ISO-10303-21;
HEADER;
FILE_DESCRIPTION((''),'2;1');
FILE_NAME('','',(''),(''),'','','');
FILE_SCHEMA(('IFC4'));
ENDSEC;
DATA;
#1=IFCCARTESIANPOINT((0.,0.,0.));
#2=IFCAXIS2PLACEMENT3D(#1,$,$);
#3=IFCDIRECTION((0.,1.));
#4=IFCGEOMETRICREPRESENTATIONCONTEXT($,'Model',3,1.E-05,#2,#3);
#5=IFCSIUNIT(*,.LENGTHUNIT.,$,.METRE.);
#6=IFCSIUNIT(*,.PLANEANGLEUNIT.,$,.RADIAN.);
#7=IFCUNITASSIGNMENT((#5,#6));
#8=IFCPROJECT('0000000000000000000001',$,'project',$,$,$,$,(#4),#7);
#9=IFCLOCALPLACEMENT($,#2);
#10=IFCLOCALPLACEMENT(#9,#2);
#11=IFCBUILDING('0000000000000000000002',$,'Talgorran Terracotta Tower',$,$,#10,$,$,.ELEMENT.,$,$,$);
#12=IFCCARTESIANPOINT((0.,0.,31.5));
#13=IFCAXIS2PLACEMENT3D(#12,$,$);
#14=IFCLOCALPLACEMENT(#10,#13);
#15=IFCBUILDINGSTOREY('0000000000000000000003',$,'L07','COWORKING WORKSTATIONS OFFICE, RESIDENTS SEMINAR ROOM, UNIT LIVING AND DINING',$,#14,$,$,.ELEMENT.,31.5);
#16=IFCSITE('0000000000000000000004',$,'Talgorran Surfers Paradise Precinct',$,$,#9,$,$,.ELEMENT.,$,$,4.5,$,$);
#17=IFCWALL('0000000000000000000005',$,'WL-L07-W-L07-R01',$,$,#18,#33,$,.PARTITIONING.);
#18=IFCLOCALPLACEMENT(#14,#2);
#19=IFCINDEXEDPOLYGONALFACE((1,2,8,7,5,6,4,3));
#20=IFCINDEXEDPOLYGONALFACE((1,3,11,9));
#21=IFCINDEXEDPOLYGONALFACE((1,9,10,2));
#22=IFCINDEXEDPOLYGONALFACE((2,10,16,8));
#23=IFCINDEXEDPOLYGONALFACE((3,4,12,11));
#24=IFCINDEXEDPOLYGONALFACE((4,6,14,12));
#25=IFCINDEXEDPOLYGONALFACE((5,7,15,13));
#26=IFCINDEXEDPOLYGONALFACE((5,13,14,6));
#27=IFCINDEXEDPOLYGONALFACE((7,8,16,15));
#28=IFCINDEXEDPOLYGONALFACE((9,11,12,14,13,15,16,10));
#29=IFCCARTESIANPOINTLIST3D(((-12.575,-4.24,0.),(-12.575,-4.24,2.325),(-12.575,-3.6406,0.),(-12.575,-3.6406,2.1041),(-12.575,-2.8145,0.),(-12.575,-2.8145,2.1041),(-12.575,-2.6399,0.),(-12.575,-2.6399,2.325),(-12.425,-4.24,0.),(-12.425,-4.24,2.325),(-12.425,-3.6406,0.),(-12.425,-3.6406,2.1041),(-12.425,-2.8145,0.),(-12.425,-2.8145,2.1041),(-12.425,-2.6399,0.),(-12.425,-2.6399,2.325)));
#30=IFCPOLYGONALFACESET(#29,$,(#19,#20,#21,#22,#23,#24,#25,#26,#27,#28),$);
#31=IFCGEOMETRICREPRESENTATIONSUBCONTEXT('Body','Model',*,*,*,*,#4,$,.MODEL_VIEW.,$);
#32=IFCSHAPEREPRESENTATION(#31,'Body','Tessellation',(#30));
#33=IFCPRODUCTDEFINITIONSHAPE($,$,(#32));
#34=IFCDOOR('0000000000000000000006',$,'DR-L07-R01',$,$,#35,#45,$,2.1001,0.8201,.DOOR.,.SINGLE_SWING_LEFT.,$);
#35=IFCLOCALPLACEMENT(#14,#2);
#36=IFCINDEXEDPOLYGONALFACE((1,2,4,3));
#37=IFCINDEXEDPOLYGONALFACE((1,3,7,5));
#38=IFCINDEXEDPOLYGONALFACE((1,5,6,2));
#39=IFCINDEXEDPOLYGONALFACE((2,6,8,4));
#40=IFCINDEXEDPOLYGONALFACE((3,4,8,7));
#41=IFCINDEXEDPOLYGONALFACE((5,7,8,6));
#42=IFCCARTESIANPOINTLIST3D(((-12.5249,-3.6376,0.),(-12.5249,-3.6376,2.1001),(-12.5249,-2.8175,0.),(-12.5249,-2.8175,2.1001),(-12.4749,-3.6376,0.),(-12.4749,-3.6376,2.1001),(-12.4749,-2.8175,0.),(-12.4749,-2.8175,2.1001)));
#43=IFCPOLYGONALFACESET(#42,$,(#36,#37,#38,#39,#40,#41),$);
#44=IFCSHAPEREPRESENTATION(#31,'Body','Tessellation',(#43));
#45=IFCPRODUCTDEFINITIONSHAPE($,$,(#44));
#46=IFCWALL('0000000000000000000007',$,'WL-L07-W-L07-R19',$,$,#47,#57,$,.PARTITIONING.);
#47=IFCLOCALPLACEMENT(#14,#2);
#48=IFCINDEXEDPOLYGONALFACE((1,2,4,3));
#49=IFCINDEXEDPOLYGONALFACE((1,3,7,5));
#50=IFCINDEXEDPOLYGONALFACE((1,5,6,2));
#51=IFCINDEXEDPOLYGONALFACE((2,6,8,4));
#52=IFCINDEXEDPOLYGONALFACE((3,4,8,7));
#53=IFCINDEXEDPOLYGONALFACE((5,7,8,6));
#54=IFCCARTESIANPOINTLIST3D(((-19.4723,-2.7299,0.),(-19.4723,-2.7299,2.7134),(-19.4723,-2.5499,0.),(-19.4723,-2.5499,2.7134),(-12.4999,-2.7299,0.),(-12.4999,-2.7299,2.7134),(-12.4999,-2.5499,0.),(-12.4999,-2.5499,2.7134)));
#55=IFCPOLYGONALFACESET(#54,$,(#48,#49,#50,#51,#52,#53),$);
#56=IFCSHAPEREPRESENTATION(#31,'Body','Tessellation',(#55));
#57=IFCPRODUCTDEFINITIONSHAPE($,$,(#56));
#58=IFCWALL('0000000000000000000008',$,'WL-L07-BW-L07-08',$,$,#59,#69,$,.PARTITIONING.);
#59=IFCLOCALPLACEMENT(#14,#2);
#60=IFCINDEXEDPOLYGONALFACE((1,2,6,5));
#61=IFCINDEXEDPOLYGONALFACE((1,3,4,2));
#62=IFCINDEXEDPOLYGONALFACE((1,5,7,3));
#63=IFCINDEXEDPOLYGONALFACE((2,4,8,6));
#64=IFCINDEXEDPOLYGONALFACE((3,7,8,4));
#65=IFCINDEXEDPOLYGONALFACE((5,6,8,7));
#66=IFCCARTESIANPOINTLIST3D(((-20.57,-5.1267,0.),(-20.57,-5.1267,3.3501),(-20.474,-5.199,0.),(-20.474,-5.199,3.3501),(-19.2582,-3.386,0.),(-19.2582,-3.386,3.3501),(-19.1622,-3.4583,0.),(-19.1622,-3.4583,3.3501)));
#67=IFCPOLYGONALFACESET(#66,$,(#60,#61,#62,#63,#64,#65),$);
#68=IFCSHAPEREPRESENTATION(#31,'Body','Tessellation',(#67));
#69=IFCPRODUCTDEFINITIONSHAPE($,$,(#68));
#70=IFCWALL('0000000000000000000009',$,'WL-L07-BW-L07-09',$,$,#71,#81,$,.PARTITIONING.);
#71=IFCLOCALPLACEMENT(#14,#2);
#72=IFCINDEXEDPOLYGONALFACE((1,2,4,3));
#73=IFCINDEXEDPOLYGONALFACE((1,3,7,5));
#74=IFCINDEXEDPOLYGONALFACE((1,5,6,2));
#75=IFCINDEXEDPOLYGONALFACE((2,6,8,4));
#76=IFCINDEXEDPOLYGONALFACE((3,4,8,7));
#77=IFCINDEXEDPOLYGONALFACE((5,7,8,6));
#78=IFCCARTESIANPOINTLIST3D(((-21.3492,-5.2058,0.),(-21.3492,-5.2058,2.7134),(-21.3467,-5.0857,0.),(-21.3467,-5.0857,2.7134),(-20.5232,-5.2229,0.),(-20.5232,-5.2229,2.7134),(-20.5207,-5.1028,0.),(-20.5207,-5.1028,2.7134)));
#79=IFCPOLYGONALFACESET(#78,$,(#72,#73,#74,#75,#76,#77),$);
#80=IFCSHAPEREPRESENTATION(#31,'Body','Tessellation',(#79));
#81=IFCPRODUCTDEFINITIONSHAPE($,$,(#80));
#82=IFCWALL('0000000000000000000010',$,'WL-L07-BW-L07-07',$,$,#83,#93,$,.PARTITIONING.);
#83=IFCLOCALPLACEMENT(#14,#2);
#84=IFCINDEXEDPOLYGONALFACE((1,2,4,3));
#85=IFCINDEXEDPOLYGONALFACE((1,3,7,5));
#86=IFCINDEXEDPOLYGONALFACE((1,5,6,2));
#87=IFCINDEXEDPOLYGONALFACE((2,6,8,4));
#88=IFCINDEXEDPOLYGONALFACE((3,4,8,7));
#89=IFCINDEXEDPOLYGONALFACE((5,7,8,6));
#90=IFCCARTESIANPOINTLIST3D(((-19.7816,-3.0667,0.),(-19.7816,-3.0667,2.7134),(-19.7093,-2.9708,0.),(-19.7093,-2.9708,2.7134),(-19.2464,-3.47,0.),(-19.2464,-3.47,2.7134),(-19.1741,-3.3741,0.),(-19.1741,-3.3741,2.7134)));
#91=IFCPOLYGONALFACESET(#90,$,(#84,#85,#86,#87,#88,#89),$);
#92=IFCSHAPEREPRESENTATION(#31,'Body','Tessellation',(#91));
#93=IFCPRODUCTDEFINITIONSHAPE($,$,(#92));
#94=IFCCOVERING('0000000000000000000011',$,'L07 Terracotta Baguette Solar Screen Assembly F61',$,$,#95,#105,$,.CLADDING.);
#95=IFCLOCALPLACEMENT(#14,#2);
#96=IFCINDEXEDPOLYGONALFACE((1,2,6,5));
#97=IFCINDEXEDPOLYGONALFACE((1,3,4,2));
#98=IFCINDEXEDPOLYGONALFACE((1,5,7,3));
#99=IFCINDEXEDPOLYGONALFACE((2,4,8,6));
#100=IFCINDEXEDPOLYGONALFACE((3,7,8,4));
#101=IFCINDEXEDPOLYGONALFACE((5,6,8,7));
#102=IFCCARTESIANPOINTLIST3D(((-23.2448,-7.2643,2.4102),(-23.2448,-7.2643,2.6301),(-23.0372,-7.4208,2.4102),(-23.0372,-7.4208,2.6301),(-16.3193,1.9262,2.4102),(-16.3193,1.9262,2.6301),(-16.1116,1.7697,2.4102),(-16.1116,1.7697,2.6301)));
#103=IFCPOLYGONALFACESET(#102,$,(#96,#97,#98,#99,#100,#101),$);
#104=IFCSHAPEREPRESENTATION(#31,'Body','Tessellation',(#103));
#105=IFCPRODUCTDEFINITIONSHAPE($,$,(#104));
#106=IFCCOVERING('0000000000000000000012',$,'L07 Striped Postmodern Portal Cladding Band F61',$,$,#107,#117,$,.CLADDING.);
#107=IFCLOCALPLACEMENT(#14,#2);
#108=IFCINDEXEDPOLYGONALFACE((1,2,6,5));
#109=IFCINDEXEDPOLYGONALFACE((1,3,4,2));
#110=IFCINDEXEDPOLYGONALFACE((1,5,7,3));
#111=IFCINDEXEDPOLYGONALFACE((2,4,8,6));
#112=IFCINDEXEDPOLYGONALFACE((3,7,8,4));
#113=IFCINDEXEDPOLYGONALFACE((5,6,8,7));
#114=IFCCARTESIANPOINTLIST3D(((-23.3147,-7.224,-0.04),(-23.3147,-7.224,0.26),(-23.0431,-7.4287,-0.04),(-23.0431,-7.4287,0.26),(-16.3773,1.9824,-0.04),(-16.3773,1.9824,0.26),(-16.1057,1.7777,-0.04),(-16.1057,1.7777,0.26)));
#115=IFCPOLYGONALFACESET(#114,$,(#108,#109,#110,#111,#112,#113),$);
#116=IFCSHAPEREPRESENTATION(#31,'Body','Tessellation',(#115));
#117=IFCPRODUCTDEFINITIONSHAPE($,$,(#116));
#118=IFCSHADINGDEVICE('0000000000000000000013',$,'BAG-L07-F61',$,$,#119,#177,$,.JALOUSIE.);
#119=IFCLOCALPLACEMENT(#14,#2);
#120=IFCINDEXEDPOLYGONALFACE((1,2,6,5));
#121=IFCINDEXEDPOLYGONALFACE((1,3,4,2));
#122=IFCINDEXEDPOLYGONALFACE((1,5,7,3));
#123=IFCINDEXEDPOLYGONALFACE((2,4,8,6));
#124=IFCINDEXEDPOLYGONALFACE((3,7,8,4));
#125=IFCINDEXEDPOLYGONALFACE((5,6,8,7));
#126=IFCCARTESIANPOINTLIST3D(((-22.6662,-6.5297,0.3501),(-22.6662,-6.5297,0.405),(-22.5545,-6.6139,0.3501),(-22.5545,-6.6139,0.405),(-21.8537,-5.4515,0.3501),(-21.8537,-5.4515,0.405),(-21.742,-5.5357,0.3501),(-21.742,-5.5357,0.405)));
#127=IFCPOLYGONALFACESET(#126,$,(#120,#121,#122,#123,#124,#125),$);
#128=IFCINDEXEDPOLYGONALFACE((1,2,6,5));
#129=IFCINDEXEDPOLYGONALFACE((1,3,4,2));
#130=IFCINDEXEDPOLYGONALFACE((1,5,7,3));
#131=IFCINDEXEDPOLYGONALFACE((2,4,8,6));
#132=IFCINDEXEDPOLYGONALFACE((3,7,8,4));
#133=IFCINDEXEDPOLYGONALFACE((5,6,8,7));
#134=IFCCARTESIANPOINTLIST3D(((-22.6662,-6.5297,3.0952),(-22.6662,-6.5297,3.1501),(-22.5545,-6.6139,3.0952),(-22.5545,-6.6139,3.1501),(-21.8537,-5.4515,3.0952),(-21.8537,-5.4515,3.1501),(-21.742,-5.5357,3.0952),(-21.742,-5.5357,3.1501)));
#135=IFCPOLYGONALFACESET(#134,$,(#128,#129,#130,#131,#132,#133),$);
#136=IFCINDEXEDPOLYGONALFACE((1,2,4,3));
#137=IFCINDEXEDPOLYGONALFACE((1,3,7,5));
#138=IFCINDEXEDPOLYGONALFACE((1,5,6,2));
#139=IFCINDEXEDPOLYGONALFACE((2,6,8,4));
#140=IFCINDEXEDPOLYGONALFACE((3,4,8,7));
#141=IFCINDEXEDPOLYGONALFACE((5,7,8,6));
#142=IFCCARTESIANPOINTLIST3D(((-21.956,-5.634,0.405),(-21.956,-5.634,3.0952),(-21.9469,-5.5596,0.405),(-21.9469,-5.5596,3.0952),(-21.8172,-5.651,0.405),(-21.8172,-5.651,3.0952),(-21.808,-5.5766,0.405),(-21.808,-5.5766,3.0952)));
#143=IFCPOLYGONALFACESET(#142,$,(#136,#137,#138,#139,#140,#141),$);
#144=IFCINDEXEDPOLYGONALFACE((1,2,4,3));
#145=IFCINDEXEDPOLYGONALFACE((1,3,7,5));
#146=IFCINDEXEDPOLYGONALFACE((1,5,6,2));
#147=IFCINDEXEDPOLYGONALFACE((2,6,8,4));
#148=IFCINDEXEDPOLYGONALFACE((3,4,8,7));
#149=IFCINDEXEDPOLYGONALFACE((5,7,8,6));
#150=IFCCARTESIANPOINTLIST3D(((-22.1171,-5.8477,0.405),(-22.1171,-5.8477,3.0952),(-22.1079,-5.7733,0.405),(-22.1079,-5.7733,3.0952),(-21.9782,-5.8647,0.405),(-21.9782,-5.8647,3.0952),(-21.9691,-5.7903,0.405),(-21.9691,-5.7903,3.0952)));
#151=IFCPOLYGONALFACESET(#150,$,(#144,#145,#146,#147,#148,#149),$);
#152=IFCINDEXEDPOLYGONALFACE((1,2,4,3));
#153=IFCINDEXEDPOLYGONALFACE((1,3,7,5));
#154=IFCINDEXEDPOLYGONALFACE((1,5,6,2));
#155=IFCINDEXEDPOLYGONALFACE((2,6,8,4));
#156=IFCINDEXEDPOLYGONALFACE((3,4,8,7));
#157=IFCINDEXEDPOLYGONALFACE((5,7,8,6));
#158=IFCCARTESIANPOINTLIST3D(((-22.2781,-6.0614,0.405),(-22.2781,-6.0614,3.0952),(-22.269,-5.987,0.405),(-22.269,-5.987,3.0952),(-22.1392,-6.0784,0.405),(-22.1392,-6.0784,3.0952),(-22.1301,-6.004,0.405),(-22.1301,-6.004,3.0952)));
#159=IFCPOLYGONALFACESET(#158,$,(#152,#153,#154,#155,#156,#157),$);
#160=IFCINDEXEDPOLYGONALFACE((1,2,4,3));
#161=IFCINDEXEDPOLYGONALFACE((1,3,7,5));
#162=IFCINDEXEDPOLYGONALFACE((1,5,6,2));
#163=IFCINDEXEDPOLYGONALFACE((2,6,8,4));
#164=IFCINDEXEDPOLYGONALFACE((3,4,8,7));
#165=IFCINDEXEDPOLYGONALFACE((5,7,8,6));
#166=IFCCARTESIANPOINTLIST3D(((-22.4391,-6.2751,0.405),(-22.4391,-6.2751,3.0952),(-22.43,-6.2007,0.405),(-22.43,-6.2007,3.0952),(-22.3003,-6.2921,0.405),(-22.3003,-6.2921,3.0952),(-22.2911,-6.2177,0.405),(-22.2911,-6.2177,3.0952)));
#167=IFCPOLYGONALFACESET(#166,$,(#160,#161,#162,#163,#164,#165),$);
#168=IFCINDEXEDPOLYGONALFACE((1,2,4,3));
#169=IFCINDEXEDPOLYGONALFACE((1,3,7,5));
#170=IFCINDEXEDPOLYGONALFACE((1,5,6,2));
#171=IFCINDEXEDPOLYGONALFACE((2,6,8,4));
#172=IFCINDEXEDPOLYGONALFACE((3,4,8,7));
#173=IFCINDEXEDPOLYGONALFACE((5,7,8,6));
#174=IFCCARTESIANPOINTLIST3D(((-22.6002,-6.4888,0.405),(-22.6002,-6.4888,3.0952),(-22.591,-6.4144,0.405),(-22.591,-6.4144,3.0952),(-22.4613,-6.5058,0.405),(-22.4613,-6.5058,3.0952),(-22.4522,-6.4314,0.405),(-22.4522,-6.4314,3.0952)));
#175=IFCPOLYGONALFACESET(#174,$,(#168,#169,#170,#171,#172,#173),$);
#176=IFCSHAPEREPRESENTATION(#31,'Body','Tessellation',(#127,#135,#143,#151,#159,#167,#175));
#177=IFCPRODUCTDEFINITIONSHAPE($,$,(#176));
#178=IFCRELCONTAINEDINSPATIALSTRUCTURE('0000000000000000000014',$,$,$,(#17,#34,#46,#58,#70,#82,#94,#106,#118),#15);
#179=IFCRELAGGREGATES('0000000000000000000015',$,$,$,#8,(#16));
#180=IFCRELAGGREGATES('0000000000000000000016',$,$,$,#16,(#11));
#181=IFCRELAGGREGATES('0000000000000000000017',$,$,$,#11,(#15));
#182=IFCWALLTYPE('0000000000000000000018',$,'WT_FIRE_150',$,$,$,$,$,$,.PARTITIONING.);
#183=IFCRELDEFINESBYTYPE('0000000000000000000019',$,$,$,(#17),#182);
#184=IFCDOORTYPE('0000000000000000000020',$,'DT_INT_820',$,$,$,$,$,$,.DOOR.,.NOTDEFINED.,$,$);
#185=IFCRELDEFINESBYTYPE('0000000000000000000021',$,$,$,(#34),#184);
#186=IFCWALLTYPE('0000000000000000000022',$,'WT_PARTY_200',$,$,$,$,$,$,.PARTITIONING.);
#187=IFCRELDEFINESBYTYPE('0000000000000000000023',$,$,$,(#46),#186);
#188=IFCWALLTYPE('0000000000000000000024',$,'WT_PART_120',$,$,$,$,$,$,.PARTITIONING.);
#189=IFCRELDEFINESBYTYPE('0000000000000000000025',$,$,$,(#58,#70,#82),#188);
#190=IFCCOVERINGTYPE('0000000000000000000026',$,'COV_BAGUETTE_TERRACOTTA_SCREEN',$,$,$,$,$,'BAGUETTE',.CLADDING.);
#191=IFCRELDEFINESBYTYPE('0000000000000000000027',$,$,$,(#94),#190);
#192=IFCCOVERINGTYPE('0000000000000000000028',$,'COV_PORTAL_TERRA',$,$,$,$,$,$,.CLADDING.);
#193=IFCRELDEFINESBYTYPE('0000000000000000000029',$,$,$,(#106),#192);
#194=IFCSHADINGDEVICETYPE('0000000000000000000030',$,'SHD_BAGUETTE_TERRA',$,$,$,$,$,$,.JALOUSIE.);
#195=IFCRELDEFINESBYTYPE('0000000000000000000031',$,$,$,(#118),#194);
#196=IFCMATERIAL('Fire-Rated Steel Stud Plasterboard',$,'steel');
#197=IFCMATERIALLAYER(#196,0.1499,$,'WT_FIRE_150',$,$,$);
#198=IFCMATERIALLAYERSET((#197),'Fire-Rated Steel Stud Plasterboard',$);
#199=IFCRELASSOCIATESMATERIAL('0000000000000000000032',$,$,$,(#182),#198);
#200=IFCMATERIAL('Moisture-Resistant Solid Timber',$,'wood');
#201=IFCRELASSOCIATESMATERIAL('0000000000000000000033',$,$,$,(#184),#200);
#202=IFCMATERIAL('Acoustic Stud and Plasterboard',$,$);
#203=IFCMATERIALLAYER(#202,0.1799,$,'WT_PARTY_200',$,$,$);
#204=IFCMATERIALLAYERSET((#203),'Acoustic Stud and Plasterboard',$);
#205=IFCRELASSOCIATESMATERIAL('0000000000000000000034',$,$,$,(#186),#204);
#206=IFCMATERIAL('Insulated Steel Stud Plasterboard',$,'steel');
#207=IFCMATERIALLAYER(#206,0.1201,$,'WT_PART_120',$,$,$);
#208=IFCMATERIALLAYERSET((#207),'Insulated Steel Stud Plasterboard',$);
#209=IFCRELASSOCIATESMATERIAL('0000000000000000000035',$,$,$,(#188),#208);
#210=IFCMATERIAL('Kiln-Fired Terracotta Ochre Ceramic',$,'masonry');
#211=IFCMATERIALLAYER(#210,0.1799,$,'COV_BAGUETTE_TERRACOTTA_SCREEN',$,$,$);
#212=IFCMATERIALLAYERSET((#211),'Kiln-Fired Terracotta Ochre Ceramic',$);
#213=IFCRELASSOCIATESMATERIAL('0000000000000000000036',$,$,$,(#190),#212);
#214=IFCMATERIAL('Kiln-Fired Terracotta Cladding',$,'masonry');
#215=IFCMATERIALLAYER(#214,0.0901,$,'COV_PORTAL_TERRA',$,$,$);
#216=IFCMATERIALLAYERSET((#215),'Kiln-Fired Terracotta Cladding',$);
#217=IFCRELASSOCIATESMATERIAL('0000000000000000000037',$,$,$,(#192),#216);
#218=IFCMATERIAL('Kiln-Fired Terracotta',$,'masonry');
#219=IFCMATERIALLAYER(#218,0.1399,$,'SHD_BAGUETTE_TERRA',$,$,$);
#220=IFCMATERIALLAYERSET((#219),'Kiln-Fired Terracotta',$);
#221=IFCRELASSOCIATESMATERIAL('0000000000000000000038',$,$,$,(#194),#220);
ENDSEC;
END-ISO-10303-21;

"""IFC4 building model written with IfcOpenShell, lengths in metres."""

from ifc_helpers import new_model, si_unit, direction, frame, frame_2d, origin, origin_2d, place, context, subcontext, project, spatial, rectangle, extrude, source, transform, mapped, material, layer, layer_set, type_object, type_shapes, element, fill, save


model = new_model("IFC4")

# Units and contexts
model_context = context("Model", 3, precision=1e-05, world=origin(), true_north=direction((0.0, 1.0)))
body_context = subcontext(model_context, "Body", "Model", "MODEL_VIEW")
ifc_project = project(units=[si_unit("LENGTHUNIT", "METRE"), si_unit("PLANEANGLEUNIT", "RADIAN")], contexts=[model_context])

# Site, building, storey
site_placement = place(None, origin())
site = spatial("IfcSite", under=ifc_project, at=site_placement, Name="Talgorran Surfers Paradise Precinct", CompositionType="ELEMENT", RefElevation=4.5)
building_placement = place(site_placement, origin())
building = spatial("IfcBuilding", under=site, at=building_placement, Name="Talgorran Terracotta Tower", CompositionType="ELEMENT")
storey_placement = place(building_placement, frame((0.0, 0.0, 31.5)))
storey = spatial("IfcBuildingStorey", under=building, at=storey_placement, Name="L07", Description="COWORKING WORKSTATIONS OFFICE, RESIDENTS SEMINAR ROOM, UNIT LIVING AND DINING", CompositionType="ELEMENT", Elevation=31.5)

# Shared definitions
ifc_material_1 = material(Name="Fire-Rated Steel Stud Plasterboard", Category="steel")
ifc_layer_1 = layer(ifc_material_1, 0.1499, Name="WT_FIRE_150")
ifc_layer_set_1 = layer_set([ifc_layer_1], Name="Fire-Rated Steel Stud Plasterboard")
wall_type_1 = type_object("IfcWallType", Name="WT_FIRE_150", PredefinedType="PARTITIONING", material=ifc_layer_set_1)

# Wall, opening, door
wall_1_placement = place(storey_placement, frame((-12.5, -4.24, 0.0), z_axis=(0.0, 0.0, 1.0), x_axis=(0.0, 1.0, 0.0)))
wall_1 = element("IfcWall", 1, at=wall_1_placement, inside=storey, type_object=wall_type_1, Name="WL-L07-W-L07-R01", PredefinedType="PARTITIONING", context=body_context, shape_type="SweptSolid", body=[
    extrude(rectangle(XDim=1.6001, YDim=0.1499, at=frame_2d((0.8, 0.0))), origin(), (0.0, 0.0, 1.0), 2.325),
])
opening_1_placement = place(wall_1_placement, frame((0.6023, 0.0, 0.0)))
opening_1 = element("IfcOpeningElement", 2, at=opening_1_placement, cuts=wall_1, PredefinedType="OPENING", context=body_context, shape_type="SweptSolid", body=[
    extrude(rectangle(XDim=0.8261, YDim=2.1041, at=frame_2d((0.4102, 1.052))), frame((0.0, 0.085, 0.0), z_axis=(0.0, -1.0, 0.0), x_axis=(1.0, 0.0, 0.0)), (0.0, 0.0, 1.0), 0.1699),
])
ifc_material_2 = material(Name="Moisture-Resistant Solid Timber", Category="wood")
door_type_1 = type_object("IfcDoorType", Name="DT_INT_820", OperationType="NOTDEFINED", PredefinedType="DOOR", material=ifc_material_2)
door_1_placement = place(opening_1_placement, origin())
door_1 = element("IfcDoor", 3, at=door_1_placement, inside=storey, type_object=door_type_1, Name="DR-L07-R01", OperationType="SINGLE_SWING_LEFT", OverallHeight=2.1001, OverallWidth=0.8201, PredefinedType="DOOR", context=body_context, shape_type="SweptSolid", body=[
    extrude(rectangle(XDim=0.8201, YDim=2.1001, at=frame_2d((0.4102, 1.05))), frame((0.0, 0.0249, 0.0), z_axis=(0.0, -1.0, 0.0), x_axis=(1.0, 0.0, 0.0)), (0.0, 0.0, 1.0), 0.05),
])
fill(opening_1, door_1)

# Walls
ifc_material_3 = material(Name="Acoustic Stud and Plasterboard")
ifc_layer_2 = layer(ifc_material_3, 0.1799, Name="WT_PARTY_200")
ifc_layer_set_2 = layer_set([ifc_layer_2], Name="Acoustic Stud and Plasterboard")
wall_type_2 = type_object("IfcWallType", Name="WT_PARTY_200", PredefinedType="PARTITIONING", material=ifc_layer_set_2)
wall_2_placement = place(storey_placement, frame((-19.4724, -2.6399, 0.0), z_axis=(0.0, 0.0, 1.0), x_axis=(1.0, 0.0, 0.0)))
element("IfcWall", 4, at=wall_2_placement, inside=storey, type_object=wall_type_2, Name="WL-L07-W-L07-R19", PredefinedType="PARTITIONING", context=body_context, shape_type="SweptSolid", body=[
    extrude(rectangle(XDim=6.9724, YDim=0.1799, at=frame_2d((3.4863, 0.0))), origin(), (0.0, 0.0, 1.0), 2.7134),
])
ifc_material_4 = material(Name="Insulated Steel Stud Plasterboard", Category="steel")
ifc_layer_3 = layer(ifc_material_4, 0.1201, Name="WT_PART_120")
ifc_layer_set_3 = layer_set([ifc_layer_3], Name="Insulated Steel Stud Plasterboard")
wall_type_3 = type_object("IfcWallType", Name="WT_PART_120", PredefinedType="PARTITIONING", material=ifc_layer_set_3)
wall_3_placement = place(storey_placement, frame((-19.2102, -3.4221, 0.0), z_axis=(0.0, 0.0, 1.0), x_axis=(-0.601826, -0.798627, 0.0)))
element("IfcWall", 5, at=wall_3_placement, inside=storey, type_object=wall_type_3, Name="WL-L07-BW-L07-08", PredefinedType="PARTITIONING", context=body_context, shape_type="SweptSolid", body=[
    extrude(rectangle(XDim=2.1797, YDim=0.1201, at=frame_2d((1.0898, 0.0))), origin(), (0.0, 0.0, 1.0), 3.3501),
])
wall_4_placement = place(storey_placement, frame((-20.522, -5.1628, 0.0), z_axis=(0.0, 0.0, 1.0), x_axis=(-0.999786, 0.020687, 0.0)))
element("IfcWall", 6, at=wall_4_placement, inside=storey, type_object=wall_type_3, Name="WL-L07-BW-L07-09", PredefinedType="PARTITIONING", context=body_context, shape_type="SweptSolid", body=[
    extrude(rectangle(XDim=0.8262, YDim=0.1201, at=frame_2d((0.4131, 0.0))), origin(), (0.0, 0.0, 1.0), 2.7134),
])
wall_5_placement = place(storey_placement, frame((-19.7454, -3.0188, 0.0), z_axis=(0.0, 0.0, 1.0), x_axis=(0.798599, -0.601864, 0.0)))
element("IfcWall", 7, at=wall_5_placement, inside=storey, type_object=wall_type_3, Name="WL-L07-BW-L07-07", PredefinedType="PARTITIONING", context=body_context, shape_type="SweptSolid", body=[
    extrude(rectangle(XDim=0.6702, YDim=0.1201, at=frame_2d((0.335, 0.0))), origin(), (0.0, 0.0, 1.0), 2.7134),
])

# Coverings
ifc_material_5 = material(Name="Kiln-Fired Terracotta Ochre Ceramic", Category="masonry")
ifc_layer_4 = layer(ifc_material_5, 0.1799, Name="COV_BAGUETTE_TERRACOTTA_SCREEN")
ifc_layer_set_4 = layer_set([ifc_layer_4], Name="Kiln-Fired Terracotta Ochre Ceramic")
covering_type_1 = type_object("IfcCoveringType", Name="COV_BAGUETTE_TERRACOTTA_SCREEN", ElementType="BAGUETTE", PredefinedType="CLADDING", material=ifc_layer_set_4)
covering_1_placement = place(storey_placement, frame((-19.6782, -2.7473, 2.4102), z_axis=(0.0, 0.0, 1.0), x_axis=(-0.601815, -0.798636, 0.0)))
element("IfcCovering", 8, at=covering_1_placement, inside=storey, type_object=covering_type_1, Name="L07 Terracotta Baguette Solar Screen Assembly F61", PredefinedType="CLADDING", context=body_context, shape_type="SweptSolid", body=[
    extrude(rectangle(XDim=11.5078, YDim=0.26, at=origin_2d()), origin(), (0.0, 0.0, 1.0), 0.22),
])
ifc_material_6 = material(Name="Kiln-Fired Terracotta Cladding", Category="masonry")
ifc_layer_5 = layer(ifc_material_6, 0.0901, Name="COV_PORTAL_TERRA")
ifc_layer_set_5 = layer_set([ifc_layer_5], Name="Kiln-Fired Terracotta Cladding")
covering_type_2 = type_object("IfcCoveringType", Name="COV_PORTAL_TERRA", PredefinedType="CLADDING", material=ifc_layer_set_5)
covering_2_placement = place(storey_placement, frame((-19.7102, -2.7231, -0.04), z_axis=(0.0, 0.0, 1.0), x_axis=(-0.601815, -0.798636, 0.0)))
element("IfcCovering", 9, at=covering_2_placement, inside=storey, type_object=covering_type_2, Name="L07 Striped Postmodern Portal Cladding Band F61", PredefinedType="CLADDING", context=body_context, shape_type="SweptSolid", body=[
    extrude(rectangle(XDim=11.5276, YDim=0.3401, at=origin_2d()), origin(), (0.0, 0.0, 1.0), 0.3),
])

# Shading device
ifc_material_7 = material(Name="Kiln-Fired Terracotta", Category="masonry")
ifc_layer_6 = layer(ifc_material_7, 0.1399, Name="SHD_BAGUETTE_TERRA")
ifc_layer_set_6 = layer_set([ifc_layer_6], Name="Kiln-Fired Terracotta")
shading_device_type = type_object("IfcShadingDeviceType", Name="SHD_BAGUETTE_TERRA", PredefinedType="JALOUSIE", material=ifc_layer_set_6)
shared_shape_1 = source(origin(), body_context, "Body", "SweptSolid", [
    extrude(rectangle(XDim=1.3501, YDim=0.1399, at=origin_2d()), origin(), (0.0, 0.0, 1.0), 0.0549),
    extrude(rectangle(XDim=1.3501, YDim=0.1399, at=origin_2d()), frame((0.0, 0.0, 2.7451)), (0.0, 0.0, 1.0), 0.0549),
    extrude(rectangle(XDim=0.075, YDim=0.1399, at=origin_2d()), frame((-0.5352, 0.0, 0.0549), z_axis=(0.0, 0.0, 1.0), x_axis=(0.866025, 0.5, 0.0)), (0.0, 0.0, 1.0), 2.6902),
    extrude(rectangle(XDim=0.075, YDim=0.1399, at=origin_2d()), frame((-0.2676, 0.0, 0.0549), z_axis=(0.0, 0.0, 1.0), x_axis=(0.866025, 0.5, 0.0)), (0.0, 0.0, 1.0), 2.6902),
    extrude(rectangle(XDim=0.075, YDim=0.1399, at=origin_2d()), frame((0.0, 0.0, 0.0549), z_axis=(0.0, 0.0, 1.0), x_axis=(0.866025, 0.5, 0.0)), (0.0, 0.0, 1.0), 2.6902),
    extrude(rectangle(XDim=0.075, YDim=0.1399, at=origin_2d()), frame((0.2676, 0.0, 0.0549), z_axis=(0.0, 0.0, 1.0), x_axis=(0.866025, 0.5, 0.0)), (0.0, 0.0, 1.0), 2.6902),
    extrude(rectangle(XDim=0.075, YDim=0.1399, at=origin_2d()), frame((0.5352, 0.0, 0.0549), z_axis=(0.0, 0.0, 1.0), x_axis=(0.866025, 0.5, 0.0)), (0.0, 0.0, 1.0), 2.6902),
])
type_shapes(shading_device_type, [shared_shape_1])
shading_device_placement = place(storey_placement, frame((-22.2041, -6.0327, 0.3501), z_axis=(0.0, 0.0, 1.0), x_axis=(-0.601815, -0.798636, 0.0)))
element("IfcShadingDevice", 10, at=shading_device_placement, inside=storey, type_object=shading_device_type, Name="BAG-L07-F61", PredefinedType="JALOUSIE", context=body_context, shape_type="MappedRepresentation", body=[
    mapped(shared_shape_1, transform((0.0, 0.0, 0.0), scale=1.0)),
])

save(model, "model.ifc")
